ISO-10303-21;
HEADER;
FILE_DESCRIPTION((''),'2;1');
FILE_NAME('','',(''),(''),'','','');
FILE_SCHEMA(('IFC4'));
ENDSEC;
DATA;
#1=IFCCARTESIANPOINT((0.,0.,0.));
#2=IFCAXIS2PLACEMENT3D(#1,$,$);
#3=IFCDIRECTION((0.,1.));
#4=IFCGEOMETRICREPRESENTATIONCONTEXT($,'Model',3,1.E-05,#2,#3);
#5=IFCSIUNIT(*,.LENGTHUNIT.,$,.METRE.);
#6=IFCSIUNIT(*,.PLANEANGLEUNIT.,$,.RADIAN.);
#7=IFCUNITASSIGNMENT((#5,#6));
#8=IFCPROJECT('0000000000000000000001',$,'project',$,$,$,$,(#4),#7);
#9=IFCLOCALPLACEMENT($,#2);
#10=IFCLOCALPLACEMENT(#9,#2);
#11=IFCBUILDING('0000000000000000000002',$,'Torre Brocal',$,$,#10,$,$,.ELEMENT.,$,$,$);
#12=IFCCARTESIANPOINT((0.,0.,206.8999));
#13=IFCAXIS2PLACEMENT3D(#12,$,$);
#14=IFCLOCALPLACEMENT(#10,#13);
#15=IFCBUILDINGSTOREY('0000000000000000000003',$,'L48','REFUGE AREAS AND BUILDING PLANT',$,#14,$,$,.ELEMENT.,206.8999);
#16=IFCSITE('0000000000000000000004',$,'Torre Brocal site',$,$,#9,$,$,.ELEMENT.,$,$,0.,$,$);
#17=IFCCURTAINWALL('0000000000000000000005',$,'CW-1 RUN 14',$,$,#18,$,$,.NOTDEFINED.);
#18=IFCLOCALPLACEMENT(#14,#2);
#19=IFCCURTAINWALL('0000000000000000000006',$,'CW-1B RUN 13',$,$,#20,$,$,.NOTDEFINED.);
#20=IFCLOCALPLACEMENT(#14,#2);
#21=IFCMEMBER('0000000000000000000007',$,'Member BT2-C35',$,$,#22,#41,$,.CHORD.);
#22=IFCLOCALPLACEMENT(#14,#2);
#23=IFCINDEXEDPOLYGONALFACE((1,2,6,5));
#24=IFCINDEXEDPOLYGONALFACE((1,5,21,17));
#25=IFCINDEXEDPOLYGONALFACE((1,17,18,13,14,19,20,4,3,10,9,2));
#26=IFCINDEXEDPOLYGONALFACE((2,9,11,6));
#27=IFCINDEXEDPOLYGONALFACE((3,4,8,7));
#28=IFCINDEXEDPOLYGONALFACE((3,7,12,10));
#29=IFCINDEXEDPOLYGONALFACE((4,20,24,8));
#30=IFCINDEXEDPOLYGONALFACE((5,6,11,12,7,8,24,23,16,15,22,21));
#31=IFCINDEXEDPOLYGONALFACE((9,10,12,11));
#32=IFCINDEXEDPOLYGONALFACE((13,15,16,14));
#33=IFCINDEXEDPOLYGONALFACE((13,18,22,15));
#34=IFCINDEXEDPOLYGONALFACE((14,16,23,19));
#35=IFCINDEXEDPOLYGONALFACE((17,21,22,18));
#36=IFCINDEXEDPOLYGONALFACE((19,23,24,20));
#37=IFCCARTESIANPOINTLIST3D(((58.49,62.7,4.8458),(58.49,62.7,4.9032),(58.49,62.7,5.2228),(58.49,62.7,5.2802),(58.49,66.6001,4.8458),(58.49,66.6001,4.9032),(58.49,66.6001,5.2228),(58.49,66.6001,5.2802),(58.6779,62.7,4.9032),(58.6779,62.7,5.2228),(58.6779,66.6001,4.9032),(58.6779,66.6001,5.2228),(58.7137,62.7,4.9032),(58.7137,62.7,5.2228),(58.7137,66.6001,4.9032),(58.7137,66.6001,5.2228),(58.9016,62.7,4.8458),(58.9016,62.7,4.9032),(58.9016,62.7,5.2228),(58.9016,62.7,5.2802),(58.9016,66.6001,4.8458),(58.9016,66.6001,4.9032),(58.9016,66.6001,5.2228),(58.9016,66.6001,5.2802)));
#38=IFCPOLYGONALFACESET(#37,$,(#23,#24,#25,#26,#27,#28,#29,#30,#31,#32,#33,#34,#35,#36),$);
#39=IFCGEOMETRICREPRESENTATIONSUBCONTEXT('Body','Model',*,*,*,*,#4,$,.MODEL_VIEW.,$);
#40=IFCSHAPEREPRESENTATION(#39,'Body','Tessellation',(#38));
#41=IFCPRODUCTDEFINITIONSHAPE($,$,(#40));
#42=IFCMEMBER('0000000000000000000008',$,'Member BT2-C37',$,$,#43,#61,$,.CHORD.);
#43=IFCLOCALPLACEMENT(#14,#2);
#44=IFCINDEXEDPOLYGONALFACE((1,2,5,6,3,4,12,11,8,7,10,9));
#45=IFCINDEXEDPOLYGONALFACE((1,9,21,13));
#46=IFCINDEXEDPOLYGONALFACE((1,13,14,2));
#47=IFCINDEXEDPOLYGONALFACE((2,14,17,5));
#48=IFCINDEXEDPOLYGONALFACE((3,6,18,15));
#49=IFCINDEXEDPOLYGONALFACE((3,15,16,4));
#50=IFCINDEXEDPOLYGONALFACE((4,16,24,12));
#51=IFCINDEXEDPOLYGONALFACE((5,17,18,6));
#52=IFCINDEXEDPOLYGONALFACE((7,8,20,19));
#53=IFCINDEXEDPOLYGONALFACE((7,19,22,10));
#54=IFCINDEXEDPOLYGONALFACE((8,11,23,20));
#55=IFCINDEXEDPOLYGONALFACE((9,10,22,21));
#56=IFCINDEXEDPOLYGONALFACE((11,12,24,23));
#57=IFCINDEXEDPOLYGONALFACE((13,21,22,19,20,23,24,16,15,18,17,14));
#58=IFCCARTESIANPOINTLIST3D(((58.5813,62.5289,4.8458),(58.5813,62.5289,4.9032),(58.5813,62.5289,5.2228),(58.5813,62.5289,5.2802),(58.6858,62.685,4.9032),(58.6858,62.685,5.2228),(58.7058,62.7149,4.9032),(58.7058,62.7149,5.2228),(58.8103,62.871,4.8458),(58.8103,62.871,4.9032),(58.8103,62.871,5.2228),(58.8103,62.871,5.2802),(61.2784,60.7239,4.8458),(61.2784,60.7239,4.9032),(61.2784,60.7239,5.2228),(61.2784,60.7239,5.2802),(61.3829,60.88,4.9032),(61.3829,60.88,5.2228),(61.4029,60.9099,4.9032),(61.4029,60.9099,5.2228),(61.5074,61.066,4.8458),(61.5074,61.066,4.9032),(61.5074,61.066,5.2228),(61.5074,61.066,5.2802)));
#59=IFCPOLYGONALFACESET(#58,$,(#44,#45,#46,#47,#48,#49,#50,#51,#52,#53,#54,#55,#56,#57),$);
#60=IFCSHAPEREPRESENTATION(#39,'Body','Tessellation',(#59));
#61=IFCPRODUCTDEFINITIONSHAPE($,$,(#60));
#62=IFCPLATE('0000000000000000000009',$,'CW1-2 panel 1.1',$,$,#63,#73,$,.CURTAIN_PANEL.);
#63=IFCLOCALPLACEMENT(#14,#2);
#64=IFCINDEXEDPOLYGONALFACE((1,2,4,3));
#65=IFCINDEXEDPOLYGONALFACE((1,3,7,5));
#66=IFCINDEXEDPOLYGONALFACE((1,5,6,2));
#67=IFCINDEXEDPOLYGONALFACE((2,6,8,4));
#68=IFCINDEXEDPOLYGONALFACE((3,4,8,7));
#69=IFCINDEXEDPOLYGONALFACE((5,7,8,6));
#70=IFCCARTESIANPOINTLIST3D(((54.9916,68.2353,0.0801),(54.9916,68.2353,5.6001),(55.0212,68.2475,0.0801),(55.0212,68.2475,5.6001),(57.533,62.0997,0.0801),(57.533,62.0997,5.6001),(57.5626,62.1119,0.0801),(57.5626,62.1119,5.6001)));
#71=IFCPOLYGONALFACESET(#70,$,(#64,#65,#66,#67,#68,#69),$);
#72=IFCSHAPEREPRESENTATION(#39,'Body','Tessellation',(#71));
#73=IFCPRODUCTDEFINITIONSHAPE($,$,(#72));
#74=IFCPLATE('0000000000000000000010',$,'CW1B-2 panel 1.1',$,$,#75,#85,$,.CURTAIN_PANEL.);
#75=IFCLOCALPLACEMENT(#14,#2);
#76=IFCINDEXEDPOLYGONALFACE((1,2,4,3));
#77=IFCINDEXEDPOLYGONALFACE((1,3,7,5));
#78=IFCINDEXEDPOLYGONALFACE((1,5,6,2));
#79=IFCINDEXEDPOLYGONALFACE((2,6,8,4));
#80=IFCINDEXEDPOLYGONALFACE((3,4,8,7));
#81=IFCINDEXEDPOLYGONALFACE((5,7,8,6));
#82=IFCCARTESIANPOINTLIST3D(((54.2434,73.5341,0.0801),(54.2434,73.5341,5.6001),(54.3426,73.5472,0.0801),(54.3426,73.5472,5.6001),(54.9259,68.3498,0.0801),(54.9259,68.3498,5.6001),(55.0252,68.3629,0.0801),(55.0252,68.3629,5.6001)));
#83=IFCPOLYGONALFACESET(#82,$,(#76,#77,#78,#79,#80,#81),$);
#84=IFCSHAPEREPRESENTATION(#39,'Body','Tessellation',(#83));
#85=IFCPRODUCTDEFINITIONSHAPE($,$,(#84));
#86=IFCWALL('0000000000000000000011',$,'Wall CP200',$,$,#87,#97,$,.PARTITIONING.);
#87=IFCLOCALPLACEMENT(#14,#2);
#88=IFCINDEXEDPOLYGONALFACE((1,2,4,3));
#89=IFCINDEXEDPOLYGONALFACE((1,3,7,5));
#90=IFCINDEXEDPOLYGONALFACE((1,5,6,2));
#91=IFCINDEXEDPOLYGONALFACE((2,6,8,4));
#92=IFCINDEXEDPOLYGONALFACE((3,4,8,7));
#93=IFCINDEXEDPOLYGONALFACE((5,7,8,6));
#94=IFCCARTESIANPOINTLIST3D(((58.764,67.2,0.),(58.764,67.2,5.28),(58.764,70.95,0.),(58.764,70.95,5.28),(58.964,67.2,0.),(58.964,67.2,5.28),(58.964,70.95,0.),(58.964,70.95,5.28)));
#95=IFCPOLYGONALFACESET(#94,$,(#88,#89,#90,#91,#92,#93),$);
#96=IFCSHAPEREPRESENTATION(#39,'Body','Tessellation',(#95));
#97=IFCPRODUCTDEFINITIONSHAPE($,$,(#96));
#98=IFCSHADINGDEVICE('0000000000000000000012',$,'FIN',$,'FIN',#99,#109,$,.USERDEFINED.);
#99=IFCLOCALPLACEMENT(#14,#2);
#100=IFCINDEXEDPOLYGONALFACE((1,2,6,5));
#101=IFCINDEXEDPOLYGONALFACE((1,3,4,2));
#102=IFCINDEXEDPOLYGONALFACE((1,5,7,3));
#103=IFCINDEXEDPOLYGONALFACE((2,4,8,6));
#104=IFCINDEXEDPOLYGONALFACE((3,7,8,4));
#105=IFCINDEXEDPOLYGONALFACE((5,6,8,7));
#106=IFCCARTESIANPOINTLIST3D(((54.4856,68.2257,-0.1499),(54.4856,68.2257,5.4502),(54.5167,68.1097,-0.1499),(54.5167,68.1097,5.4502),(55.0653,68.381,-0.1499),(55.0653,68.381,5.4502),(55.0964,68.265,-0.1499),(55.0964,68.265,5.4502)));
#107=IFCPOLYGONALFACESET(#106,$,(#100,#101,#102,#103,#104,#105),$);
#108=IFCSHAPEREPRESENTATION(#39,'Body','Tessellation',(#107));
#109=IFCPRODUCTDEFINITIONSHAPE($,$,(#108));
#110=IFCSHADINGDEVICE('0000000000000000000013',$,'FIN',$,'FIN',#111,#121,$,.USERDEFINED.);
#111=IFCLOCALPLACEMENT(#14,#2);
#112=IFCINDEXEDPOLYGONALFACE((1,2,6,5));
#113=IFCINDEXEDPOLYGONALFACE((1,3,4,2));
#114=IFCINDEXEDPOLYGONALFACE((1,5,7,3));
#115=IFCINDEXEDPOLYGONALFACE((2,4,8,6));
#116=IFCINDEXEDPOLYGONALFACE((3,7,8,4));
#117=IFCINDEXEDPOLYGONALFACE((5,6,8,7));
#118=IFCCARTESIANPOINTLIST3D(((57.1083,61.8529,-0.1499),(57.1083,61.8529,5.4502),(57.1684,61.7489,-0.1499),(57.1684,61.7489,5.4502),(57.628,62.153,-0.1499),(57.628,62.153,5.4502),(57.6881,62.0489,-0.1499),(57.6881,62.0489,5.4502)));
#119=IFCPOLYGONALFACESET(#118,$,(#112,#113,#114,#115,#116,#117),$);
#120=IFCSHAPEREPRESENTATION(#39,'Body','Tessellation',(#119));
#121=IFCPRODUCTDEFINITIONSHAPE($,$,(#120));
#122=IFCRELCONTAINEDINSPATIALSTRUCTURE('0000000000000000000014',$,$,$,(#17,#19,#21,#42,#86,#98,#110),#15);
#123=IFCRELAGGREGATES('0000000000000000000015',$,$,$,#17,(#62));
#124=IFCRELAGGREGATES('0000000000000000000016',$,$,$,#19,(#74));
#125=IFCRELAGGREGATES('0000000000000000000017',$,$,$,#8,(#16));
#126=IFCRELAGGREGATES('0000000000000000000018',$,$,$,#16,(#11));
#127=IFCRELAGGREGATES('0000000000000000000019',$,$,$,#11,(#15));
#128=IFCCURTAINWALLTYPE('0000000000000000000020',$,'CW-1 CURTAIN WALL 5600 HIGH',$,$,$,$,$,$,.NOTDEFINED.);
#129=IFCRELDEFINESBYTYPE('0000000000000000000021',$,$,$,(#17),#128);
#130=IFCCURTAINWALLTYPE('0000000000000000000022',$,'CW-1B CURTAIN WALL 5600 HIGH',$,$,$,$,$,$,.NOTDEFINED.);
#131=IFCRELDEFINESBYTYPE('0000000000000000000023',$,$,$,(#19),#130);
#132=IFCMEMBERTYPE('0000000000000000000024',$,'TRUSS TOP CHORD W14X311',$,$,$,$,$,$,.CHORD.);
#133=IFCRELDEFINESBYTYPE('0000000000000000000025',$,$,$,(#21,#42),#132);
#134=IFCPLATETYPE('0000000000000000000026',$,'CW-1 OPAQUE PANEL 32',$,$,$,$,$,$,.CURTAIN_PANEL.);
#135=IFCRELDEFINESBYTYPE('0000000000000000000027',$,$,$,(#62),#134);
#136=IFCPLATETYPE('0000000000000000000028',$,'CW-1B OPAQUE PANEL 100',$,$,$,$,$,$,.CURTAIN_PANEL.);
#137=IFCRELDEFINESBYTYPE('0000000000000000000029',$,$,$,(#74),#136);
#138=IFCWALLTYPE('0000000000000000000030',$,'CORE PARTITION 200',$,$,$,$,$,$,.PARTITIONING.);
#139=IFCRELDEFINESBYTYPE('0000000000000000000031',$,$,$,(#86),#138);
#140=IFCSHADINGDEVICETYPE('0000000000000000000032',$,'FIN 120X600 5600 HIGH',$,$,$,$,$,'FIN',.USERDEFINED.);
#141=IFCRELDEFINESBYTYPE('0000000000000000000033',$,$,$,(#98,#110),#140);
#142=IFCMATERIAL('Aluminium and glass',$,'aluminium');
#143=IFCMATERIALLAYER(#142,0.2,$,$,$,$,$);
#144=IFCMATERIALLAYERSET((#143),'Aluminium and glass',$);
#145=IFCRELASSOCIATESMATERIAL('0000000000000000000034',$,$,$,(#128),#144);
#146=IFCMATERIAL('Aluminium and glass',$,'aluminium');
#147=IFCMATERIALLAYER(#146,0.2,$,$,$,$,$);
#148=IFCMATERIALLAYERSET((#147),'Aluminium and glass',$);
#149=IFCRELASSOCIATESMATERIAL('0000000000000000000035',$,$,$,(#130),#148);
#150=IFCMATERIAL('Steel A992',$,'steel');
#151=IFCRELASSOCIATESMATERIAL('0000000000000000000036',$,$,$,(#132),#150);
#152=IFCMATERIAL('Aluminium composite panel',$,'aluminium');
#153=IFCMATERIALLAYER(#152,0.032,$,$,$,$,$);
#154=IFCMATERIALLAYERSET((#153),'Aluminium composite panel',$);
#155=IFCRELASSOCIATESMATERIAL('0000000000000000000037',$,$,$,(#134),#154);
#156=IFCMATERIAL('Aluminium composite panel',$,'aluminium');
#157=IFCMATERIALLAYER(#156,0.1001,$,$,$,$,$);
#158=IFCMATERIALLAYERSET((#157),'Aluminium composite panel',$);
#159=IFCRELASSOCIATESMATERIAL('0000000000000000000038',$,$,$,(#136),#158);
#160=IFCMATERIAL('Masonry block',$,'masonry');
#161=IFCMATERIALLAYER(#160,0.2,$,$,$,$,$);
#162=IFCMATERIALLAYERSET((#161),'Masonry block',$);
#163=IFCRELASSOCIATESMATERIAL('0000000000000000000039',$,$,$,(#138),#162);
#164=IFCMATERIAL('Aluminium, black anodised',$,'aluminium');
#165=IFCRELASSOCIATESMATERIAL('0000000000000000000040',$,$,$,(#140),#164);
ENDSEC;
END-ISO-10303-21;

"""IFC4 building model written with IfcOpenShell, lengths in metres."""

from ifc_helpers import new_model, si_unit, direction, frame, frame_2d, origin, origin_2d, place, context, subcontext, project, spatial, rectangle, i_section, extrude, material, layer, layer_set, material_profile, profile_set, type_object, element, aggregate, save


model = new_model("IFC4")

# Units and contexts
model_context = context("Model", 3, precision=1e-05, world=origin(), true_north=direction((0.0, 1.0)))
body_context = subcontext(model_context, "Body", "Model", "MODEL_VIEW")
ifc_project = project(units=[si_unit("LENGTHUNIT", "METRE"), si_unit("PLANEANGLEUNIT", "RADIAN")], contexts=[model_context])

# Site, building, storey
site_placement = place(None, origin())
site = spatial("IfcSite", under=ifc_project, at=site_placement, Name="Torre Brocal site", CompositionType="ELEMENT", RefElevation=0.0)
building_placement = place(site_placement, origin())
building = spatial("IfcBuilding", under=site, at=building_placement, Name="Torre Brocal", CompositionType="ELEMENT")
storey_placement = place(building_placement, frame((0.0, 0.0, 206.8999)))
storey = spatial("IfcBuildingStorey", under=building, at=storey_placement, Name="L48", Description="REFUGE AREAS AND BUILDING PLANT", CompositionType="ELEMENT", Elevation=206.8999)

# Curtain wall
ifc_material_1 = material(Name="Aluminium and glass", Category="aluminium")
ifc_layer_1 = layer(ifc_material_1, 0.2)
ifc_layer_set_1 = layer_set([ifc_layer_1], Name="Aluminium and glass")
curtain_wall_type_1 = type_object("IfcCurtainWallType", Name="CW-1 CURTAIN WALL 5600 HIGH", PredefinedType="NOTDEFINED", material=ifc_layer_set_1)
curtain_wall_1_placement = place(storey_placement, origin())
curtain_wall_1 = element("IfcCurtainWall", 1, at=curtain_wall_1_placement, inside=storey, type_object=curtain_wall_type_1, Name="CW-1 RUN 14", PredefinedType="NOTDEFINED")

# Curtain wall
ifc_material_2 = material(Name="Aluminium and glass", Category="aluminium")
ifc_layer_2 = layer(ifc_material_2, 0.2)
ifc_layer_set_2 = layer_set([ifc_layer_2], Name="Aluminium and glass")
curtain_wall_type_2 = type_object("IfcCurtainWallType", Name="CW-1B CURTAIN WALL 5600 HIGH", PredefinedType="NOTDEFINED", material=ifc_layer_set_2)
curtain_wall_2_placement = place(storey_placement, origin())
curtain_wall_2 = element("IfcCurtainWall", 2, at=curtain_wall_2_placement, inside=storey, type_object=curtain_wall_type_2, Name="CW-1B RUN 13", PredefinedType="NOTDEFINED")

# Members
ifc_material_3 = material(Name="Steel A992", Category="steel")
ifc_material_profile_1 = material_profile(ifc_material_3, i_section(OverallWidth=0.4116, OverallDepth=0.4343, WebThickness=0.0359, FlangeThickness=0.0574, at=origin_2d()), Name="W14X311")
ifc_profile_set_1 = profile_set([ifc_material_profile_1], Name="Steel A992")
member_type_1 = type_object("IfcMemberType", Name="TRUSS TOP CHORD W14X311", PredefinedType="CHORD", material=ifc_profile_set_1)
member_1_placement = place(storey_placement, frame((58.6958, 62.7, 5.063), z_axis=(0.0, 1.0, 0.0), x_axis=(-1.0, 0.0, 0.0)))
element("IfcMember", 3, at=member_1_placement, inside=storey, type_object=member_type_1, Name="Member BT2-C35", PredefinedType="CHORD", context=body_context, shape_type="SweptSolid", body=[
    extrude(i_section(OverallWidth=0.4116, OverallDepth=0.4343, WebThickness=0.0359, FlangeThickness=0.0574, at=origin_2d()), origin(), (0.0, 0.0, 1.0), 3.9001),
])
member_2_placement = place(storey_placement, frame((58.6958, 62.7, 5.063), z_axis=(0.831065, -0.556175, 0.0), x_axis=(0.556175, 0.831065, 0.0)))
element("IfcMember", 4, at=member_2_placement, inside=storey, type_object=member_type_1, Name="Member BT2-C37", PredefinedType="CHORD", context=body_context, shape_type="SweptSolid", body=[
    extrude(i_section(OverallWidth=0.4116, OverallDepth=0.4343, WebThickness=0.0359, FlangeThickness=0.0574, at=origin_2d()), origin(), (0.0, 0.0, 1.0), 3.2454),
])

# Plates
ifc_material_4 = material(Name="Aluminium composite panel", Category="aluminium")
ifc_layer_3 = layer(ifc_material_4, 0.032)
ifc_layer_set_3 = layer_set([ifc_layer_3], Name="Aluminium composite panel")
plate_type_1 = type_object("IfcPlateType", Name="CW-1 OPAQUE PANEL 32", PredefinedType="CURTAIN_PANEL", material=ifc_layer_set_3)
plate_1_placement = place(storey_placement, frame((56.2771, 65.1736, 0.0801), z_axis=(0.0, 0.0, 1.0), x_axis=(0.382683, -0.92388, 0.0)))
plate_1 = element("IfcPlate", 5, at=plate_1_placement, type_object=plate_type_1, Name="CW1-2 panel 1.1", PredefinedType="CURTAIN_PANEL", context=body_context, shape_type="SweptSolid", body=[
    extrude(rectangle(XDim=6.6411, YDim=0.032, at=origin_2d()), origin(), (0.0, 0.0, 1.0), 5.52),
])
aggregate(curtain_wall_1, [plate_1])
ifc_material_5 = material(Name="Aluminium composite panel", Category="aluminium")
ifc_layer_4 = layer(ifc_material_5, 0.1001)
ifc_layer_set_4 = layer_set([ifc_layer_4], Name="Aluminium composite panel")
plate_type_2 = type_object("IfcPlateType", Name="CW-1B OPAQUE PANEL 100", PredefinedType="CURTAIN_PANEL", material=ifc_layer_set_4)
plate_2_placement = place(storey_placement, frame((54.6343, 70.9485, 0.0801), z_axis=(0.0, 0.0, 1.0), x_axis=(0.130526, -0.991445, 0.0)))
plate_2 = element("IfcPlate", 6, at=plate_2_placement, type_object=plate_type_2, Name="CW1B-2 panel 1.1", PredefinedType="CURTAIN_PANEL", context=body_context, shape_type="SweptSolid", body=[
    extrude(rectangle(XDim=5.229, YDim=0.1001, at=origin_2d()), origin(), (0.0, 0.0, 1.0), 5.52),
])
aggregate(curtain_wall_2, [plate_2])

# Wall
ifc_material_6 = material(Name="Masonry block", Category="masonry")
ifc_layer_5 = layer(ifc_material_6, 0.2)
ifc_layer_set_5 = layer_set([ifc_layer_5], Name="Masonry block")
wall_type = type_object("IfcWallType", Name="CORE PARTITION 200", PredefinedType="PARTITIONING", material=ifc_layer_set_5)
wall_placement = place(storey_placement, frame((58.864, 70.95, 0.0), z_axis=(0.0, 0.0, 1.0), x_axis=(0.0, -1.0, 0.0)))
element("IfcWall", 7, at=wall_placement, inside=storey, type_object=wall_type, Name="Wall CP200", PredefinedType="PARTITIONING", context=body_context, shape_type="SweptSolid", body=[
    extrude(rectangle(XDim=3.75, YDim=0.2, at=frame_2d((1.875, 0.0))), origin(), (0.0, 0.0, 1.0), 5.28),
])

# Shading devices
ifc_material_7 = material(Name="Aluminium, black anodised", Category="aluminium")
ifc_material_profile_2 = material_profile(ifc_material_7, rectangle(XDim=0.1201, YDim=0.6001, at=origin_2d()), Name="FIN 120X600 5600 HIGH")
ifc_profile_set_2 = profile_set([ifc_material_profile_2], Name="Aluminium, black anodised")
shading_device_type = type_object("IfcShadingDeviceType", Name="FIN 120X600 5600 HIGH", ElementType="FIN", PredefinedType="USERDEFINED", material=ifc_profile_set_2)
for number, where, z_axis, x_axis, name in (
    (8, (54.791, 68.2454, -0.1499), (0.0, 0.0, 1.0), (0.258819, -0.965926, 0.0), "FIN"),
    (9, (57.3982, 61.9509, -0.1499), (0.0, 0.0, 1.0), (0.5, -0.866025, 0.0), "FIN"),
):
    element("IfcShadingDevice", number, at=place(storey_placement, frame(where, z_axis=z_axis, x_axis=x_axis)), inside=storey, type_object=shading_device_type, Name=name, ObjectType="FIN", PredefinedType="USERDEFINED", context=body_context, shape_type="SweptSolid", body=[
        extrude(rectangle(XDim=0.1201, YDim=0.6001, at=origin_2d()), origin(), (0.0, 0.0, 1.0), 5.6001),
    ])

save(model, "model.ifc")
